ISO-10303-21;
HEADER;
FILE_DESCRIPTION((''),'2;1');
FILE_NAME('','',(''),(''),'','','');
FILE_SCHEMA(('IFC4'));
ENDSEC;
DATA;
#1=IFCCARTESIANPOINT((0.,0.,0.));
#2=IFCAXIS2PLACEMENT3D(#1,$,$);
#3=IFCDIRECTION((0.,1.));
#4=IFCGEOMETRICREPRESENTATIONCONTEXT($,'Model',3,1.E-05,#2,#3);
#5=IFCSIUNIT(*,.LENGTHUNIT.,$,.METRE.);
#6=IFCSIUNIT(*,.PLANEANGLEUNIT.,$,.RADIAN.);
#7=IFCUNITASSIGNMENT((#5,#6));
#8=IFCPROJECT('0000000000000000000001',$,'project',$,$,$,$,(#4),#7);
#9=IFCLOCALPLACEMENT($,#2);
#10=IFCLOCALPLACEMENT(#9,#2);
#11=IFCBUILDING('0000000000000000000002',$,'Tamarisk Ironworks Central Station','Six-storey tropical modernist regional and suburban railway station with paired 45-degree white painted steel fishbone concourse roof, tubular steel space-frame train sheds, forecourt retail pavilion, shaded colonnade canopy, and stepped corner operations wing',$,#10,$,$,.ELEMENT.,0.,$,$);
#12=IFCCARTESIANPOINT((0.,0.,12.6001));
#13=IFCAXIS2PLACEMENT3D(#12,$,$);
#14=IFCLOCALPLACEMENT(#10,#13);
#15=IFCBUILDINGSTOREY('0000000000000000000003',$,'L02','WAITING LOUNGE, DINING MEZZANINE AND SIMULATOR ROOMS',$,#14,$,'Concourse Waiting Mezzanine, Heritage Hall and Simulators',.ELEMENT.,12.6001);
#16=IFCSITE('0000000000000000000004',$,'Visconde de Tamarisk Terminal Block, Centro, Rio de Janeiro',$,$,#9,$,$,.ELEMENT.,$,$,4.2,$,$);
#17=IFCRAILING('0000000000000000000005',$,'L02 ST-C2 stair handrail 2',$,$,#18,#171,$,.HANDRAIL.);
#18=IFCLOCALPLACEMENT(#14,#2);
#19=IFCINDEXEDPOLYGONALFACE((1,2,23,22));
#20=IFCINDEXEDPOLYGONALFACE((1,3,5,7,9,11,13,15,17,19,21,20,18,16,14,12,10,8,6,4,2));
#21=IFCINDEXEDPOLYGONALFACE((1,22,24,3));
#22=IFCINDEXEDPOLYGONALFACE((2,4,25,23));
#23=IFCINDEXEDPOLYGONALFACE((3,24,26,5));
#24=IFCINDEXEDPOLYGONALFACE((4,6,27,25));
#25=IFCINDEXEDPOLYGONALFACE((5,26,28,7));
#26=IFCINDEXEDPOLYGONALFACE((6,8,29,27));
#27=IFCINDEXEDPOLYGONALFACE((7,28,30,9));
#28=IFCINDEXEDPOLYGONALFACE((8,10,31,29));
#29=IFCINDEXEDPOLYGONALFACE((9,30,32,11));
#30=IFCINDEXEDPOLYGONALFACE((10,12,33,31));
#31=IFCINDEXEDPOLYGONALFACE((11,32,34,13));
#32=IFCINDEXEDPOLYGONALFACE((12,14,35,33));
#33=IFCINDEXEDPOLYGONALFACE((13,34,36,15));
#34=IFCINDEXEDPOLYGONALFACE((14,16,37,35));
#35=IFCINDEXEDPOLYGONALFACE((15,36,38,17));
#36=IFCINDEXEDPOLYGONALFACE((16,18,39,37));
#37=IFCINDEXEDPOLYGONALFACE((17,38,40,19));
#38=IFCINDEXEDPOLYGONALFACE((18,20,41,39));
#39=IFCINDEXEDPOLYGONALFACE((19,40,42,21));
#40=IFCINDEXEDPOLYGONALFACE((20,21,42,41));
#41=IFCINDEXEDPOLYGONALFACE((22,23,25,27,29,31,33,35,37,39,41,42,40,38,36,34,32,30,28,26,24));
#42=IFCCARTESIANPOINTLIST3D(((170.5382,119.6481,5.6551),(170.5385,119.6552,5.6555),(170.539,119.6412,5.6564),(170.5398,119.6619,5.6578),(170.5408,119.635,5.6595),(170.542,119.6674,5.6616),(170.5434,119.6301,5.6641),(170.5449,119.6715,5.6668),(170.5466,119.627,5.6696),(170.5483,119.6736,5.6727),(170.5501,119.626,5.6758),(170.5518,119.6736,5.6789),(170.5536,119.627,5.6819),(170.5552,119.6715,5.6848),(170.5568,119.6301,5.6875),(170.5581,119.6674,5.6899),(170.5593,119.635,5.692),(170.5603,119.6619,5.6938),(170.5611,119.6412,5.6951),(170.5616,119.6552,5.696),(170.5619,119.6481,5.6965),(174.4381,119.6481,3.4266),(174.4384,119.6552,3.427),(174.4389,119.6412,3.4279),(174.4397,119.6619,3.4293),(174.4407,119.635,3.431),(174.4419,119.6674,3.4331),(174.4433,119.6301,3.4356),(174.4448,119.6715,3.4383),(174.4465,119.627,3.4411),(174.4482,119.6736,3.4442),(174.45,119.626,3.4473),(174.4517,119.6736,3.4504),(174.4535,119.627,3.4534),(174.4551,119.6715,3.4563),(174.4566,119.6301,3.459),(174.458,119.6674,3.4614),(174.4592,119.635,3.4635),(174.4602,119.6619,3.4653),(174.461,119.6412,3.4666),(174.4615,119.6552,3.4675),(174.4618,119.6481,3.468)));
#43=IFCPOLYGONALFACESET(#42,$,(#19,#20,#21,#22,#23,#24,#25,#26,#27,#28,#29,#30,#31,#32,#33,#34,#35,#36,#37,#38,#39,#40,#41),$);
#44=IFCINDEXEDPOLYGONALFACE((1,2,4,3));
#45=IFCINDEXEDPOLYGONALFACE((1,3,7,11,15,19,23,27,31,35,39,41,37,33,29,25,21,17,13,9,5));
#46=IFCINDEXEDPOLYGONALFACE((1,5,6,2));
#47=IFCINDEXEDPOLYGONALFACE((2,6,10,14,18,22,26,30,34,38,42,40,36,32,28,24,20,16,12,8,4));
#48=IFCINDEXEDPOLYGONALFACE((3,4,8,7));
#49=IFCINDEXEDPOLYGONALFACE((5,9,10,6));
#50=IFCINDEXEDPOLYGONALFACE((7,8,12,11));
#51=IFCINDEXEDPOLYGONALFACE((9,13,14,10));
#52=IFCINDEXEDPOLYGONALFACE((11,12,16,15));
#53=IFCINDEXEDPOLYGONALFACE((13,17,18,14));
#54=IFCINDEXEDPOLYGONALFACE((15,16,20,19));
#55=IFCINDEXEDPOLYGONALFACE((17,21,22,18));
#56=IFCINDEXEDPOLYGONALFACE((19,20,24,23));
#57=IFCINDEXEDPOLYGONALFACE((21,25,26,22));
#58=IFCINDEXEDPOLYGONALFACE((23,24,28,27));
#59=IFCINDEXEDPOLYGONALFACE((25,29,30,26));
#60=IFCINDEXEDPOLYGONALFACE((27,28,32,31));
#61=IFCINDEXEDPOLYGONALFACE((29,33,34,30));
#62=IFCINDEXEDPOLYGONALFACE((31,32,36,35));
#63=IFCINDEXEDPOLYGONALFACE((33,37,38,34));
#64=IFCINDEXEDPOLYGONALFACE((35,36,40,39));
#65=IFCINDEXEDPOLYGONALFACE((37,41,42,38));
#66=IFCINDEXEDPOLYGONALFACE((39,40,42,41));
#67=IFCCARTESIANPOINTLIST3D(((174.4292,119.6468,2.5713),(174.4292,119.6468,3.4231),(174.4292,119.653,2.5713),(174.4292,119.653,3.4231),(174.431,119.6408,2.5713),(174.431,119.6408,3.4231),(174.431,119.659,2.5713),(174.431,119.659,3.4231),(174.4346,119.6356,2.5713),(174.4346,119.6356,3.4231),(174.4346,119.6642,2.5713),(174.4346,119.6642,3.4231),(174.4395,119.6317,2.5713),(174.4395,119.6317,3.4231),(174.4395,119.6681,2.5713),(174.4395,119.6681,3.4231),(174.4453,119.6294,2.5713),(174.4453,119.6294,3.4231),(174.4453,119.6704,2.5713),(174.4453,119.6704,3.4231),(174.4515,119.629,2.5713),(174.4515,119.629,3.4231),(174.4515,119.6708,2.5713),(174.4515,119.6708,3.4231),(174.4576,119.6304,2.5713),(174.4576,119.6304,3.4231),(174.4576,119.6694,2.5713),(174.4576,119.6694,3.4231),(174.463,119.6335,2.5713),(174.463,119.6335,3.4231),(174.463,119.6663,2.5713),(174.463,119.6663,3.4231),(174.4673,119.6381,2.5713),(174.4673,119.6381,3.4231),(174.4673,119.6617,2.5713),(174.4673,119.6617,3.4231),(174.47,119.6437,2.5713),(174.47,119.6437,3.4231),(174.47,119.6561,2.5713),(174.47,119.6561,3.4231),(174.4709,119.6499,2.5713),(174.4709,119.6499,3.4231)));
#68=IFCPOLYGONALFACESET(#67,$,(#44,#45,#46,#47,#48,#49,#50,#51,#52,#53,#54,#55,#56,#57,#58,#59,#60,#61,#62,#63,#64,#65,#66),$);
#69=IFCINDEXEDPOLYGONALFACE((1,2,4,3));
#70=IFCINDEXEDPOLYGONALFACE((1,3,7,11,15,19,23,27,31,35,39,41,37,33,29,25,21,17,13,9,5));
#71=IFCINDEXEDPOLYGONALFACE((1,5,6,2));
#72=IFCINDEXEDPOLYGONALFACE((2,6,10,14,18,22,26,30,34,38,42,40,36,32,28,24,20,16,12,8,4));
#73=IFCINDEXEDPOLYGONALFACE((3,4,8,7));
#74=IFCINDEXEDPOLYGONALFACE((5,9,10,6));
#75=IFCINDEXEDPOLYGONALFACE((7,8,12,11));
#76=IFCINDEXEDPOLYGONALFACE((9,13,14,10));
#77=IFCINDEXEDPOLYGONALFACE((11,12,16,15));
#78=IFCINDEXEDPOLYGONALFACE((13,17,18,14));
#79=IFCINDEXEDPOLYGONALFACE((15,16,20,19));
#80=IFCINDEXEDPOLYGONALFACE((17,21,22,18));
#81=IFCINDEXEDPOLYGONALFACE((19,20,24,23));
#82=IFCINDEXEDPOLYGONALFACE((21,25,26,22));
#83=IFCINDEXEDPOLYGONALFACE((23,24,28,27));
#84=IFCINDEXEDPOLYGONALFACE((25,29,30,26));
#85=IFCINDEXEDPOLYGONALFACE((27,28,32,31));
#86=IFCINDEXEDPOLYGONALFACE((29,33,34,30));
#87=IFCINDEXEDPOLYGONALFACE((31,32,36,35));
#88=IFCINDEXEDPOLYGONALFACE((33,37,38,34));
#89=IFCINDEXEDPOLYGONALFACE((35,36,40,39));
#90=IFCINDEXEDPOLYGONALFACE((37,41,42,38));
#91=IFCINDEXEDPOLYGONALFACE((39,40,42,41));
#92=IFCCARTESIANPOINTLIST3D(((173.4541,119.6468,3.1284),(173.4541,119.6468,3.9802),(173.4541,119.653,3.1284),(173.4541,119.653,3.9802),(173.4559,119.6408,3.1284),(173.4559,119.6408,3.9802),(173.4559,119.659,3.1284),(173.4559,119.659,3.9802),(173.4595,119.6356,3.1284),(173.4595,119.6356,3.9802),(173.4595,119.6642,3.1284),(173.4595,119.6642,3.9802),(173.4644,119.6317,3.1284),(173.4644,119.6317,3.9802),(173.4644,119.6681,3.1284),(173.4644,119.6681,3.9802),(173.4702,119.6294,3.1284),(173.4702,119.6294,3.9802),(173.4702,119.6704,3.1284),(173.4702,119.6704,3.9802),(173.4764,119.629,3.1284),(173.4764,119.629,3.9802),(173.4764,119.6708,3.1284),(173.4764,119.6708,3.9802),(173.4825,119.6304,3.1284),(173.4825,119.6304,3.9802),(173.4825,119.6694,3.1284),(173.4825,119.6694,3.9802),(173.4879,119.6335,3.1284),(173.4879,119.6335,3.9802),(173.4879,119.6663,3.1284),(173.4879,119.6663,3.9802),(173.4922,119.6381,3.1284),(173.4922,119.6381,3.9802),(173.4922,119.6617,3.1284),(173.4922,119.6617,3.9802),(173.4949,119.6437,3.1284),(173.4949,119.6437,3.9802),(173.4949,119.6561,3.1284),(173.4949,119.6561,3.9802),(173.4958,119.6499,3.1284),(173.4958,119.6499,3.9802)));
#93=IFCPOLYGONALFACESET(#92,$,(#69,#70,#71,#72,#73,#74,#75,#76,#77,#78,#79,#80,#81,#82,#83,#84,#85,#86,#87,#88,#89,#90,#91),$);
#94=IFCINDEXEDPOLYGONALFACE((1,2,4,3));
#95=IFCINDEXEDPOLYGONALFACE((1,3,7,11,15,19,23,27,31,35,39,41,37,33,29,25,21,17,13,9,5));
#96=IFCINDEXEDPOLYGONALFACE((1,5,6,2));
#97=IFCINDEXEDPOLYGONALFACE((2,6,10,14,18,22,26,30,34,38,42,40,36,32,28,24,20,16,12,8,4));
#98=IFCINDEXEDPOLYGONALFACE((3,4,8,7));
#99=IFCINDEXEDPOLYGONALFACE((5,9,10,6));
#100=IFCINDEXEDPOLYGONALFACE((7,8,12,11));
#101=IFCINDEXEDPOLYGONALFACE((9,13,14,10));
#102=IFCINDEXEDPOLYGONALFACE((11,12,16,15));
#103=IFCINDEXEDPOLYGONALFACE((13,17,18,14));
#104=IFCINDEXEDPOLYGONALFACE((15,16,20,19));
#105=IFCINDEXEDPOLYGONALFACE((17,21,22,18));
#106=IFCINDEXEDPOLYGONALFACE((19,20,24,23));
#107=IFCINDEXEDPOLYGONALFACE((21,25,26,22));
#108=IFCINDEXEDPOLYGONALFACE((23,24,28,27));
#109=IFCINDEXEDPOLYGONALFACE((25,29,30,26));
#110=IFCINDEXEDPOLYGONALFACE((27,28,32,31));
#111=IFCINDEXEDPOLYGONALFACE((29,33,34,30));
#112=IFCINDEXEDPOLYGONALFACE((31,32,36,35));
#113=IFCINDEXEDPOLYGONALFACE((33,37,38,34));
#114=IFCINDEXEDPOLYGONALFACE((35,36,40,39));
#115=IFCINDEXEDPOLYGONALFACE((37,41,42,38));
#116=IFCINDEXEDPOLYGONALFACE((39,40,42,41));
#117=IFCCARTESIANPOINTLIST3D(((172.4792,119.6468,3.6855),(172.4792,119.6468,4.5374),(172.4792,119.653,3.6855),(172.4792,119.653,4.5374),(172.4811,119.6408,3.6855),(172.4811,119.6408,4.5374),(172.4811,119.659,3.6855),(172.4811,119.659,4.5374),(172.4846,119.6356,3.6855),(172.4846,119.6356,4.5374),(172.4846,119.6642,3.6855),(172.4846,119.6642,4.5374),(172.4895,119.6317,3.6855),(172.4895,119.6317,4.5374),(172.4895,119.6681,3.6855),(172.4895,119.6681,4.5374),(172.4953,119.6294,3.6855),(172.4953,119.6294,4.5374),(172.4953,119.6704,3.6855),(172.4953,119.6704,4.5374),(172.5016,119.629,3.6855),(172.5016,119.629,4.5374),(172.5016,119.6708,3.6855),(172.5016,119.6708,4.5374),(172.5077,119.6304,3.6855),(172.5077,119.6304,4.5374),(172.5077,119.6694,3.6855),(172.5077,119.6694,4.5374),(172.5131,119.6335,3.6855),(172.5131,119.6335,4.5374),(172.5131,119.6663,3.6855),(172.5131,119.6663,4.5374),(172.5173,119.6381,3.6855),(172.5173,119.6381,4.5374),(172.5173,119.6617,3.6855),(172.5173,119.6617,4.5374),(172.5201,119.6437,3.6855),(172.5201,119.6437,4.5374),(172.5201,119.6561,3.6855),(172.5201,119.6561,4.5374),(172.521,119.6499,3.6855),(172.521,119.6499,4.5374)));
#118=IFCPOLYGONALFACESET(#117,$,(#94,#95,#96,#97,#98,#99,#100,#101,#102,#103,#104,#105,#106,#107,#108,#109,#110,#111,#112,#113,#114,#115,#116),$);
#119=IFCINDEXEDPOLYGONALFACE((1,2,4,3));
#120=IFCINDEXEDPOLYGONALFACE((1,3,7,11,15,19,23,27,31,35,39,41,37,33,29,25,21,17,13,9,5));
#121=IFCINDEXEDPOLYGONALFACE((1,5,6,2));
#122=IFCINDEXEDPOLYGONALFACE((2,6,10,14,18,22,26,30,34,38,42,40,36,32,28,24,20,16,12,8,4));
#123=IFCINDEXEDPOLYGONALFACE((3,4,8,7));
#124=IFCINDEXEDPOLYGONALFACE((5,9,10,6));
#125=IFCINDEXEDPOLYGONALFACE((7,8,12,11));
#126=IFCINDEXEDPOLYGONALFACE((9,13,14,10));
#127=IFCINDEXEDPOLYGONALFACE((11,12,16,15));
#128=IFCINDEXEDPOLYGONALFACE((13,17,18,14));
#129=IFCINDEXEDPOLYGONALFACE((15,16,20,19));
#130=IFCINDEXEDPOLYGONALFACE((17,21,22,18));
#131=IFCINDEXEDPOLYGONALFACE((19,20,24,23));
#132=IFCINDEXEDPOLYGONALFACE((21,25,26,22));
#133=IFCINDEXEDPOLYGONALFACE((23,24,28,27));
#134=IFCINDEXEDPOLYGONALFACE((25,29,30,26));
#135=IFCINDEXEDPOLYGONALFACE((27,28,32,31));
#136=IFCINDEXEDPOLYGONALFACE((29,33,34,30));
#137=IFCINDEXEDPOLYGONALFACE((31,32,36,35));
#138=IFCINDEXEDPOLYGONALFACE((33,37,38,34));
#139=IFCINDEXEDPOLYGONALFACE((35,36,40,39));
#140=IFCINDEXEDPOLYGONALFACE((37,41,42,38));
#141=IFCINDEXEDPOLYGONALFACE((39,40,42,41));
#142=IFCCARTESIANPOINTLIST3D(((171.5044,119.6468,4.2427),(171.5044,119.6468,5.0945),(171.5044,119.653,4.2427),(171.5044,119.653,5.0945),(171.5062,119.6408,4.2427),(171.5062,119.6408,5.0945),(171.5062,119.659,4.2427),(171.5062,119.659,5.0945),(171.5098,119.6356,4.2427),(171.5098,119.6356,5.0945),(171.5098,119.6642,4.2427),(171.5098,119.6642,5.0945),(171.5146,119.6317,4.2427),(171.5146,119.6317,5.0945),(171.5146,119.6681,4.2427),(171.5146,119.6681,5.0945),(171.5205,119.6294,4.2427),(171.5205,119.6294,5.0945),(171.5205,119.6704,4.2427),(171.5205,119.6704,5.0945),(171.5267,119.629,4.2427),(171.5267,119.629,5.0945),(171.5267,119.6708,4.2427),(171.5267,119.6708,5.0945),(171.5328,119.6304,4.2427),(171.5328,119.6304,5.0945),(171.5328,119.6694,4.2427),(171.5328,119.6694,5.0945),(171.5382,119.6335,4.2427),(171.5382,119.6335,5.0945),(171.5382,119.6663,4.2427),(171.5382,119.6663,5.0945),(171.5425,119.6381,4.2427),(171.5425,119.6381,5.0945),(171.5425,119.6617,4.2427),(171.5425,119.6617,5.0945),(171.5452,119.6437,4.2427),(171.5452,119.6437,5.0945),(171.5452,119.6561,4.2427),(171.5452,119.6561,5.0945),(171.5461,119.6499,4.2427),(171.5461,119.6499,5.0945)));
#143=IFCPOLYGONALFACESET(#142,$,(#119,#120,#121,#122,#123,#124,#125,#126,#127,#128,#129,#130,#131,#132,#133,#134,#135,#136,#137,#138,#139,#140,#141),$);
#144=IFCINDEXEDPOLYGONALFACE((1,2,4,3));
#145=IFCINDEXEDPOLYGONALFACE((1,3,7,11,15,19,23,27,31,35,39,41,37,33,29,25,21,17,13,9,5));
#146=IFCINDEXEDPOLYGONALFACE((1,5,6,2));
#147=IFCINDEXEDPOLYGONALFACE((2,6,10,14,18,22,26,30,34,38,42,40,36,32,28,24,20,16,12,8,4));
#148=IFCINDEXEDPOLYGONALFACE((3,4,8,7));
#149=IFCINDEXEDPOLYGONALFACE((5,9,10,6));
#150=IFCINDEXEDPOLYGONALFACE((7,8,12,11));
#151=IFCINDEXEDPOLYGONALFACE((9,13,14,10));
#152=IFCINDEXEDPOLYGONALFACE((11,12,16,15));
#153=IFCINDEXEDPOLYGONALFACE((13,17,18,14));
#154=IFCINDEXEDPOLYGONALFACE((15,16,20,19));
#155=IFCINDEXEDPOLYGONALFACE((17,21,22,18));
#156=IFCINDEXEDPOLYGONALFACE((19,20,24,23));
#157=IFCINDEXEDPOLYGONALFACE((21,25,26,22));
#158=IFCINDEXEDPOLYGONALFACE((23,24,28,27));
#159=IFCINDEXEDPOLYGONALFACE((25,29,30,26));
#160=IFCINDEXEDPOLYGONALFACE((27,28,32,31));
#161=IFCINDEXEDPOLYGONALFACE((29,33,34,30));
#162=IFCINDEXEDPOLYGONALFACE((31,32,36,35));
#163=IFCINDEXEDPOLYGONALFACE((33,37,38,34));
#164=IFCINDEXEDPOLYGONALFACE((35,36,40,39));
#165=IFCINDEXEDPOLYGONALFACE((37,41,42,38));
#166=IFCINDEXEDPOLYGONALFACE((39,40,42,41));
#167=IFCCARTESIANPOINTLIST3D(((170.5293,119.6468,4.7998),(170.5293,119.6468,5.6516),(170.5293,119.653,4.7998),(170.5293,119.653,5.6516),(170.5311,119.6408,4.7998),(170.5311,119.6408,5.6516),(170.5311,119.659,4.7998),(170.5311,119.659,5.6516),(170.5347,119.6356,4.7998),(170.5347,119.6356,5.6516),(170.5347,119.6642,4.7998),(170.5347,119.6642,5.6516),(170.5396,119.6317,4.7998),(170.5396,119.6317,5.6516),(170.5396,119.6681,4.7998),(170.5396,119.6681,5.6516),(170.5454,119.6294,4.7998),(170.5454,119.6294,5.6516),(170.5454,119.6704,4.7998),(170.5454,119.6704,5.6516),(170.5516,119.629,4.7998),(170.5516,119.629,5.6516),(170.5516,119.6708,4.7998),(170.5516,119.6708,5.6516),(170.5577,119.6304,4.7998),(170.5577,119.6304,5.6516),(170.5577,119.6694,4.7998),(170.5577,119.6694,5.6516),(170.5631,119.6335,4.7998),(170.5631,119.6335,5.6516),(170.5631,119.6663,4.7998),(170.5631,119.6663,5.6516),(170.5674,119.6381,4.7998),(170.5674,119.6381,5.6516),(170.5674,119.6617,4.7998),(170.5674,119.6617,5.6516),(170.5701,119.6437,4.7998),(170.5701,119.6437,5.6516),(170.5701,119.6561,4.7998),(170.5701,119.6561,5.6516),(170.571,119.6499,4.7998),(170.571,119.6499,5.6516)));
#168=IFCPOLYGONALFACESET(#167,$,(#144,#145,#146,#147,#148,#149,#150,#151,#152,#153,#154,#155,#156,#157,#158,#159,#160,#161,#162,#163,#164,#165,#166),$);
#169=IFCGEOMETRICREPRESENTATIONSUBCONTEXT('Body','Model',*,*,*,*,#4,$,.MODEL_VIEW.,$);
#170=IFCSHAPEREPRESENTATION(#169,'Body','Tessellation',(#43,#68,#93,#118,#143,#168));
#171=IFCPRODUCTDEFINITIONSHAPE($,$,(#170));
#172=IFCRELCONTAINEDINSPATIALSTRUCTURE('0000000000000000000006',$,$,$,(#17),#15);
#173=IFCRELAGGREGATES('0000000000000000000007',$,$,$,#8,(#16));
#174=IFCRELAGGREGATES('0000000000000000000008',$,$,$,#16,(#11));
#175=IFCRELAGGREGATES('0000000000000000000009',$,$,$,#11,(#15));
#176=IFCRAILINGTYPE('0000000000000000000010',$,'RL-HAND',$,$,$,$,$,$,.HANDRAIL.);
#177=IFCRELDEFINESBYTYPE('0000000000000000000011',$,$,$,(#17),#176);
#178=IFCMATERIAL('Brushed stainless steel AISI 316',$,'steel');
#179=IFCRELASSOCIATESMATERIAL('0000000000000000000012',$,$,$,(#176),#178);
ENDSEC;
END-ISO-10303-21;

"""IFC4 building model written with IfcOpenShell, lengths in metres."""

from ifc_helpers import new_model, si_unit, direction, frame, origin, origin_2d, place, context, subcontext, project, spatial, circle, extrude, material, type_object, element, save


model = new_model("IFC4")

# Units and contexts
model_context = context("Model", 3, precision=1e-05, world=origin(), true_north=direction((0.0, 1.0)))
body_context = subcontext(model_context, "Body", "Model", "MODEL_VIEW")
ifc_project = project(units=[si_unit("LENGTHUNIT", "METRE"), si_unit("PLANEANGLEUNIT", "RADIAN")], contexts=[model_context])

# Site, building, storey
site_placement = place(None, origin())
site = spatial("IfcSite", under=ifc_project, at=site_placement, Name="Visconde de Tamarisk Terminal Block, Centro, Rio de Janeiro", CompositionType="ELEMENT", RefElevation=4.2)
building_placement = place(site_placement, origin())
building = spatial("IfcBuilding", under=site, at=building_placement, Name="Tamarisk Ironworks Central Station", Description="Six-storey tropical modernist regional and suburban railway station with paired 45-degree white painted steel fishbone concourse roof, tubular steel space-frame train sheds, forecourt retail pavilion, shaded colonnade canopy, and stepped corner operations wing", CompositionType="ELEMENT", ElevationOfRefHeight=0.0)
storey_placement = place(building_placement, frame((0.0, 0.0, 12.6001)))
storey = spatial("IfcBuildingStorey", under=building, at=storey_placement, Name="L02", Description="WAITING LOUNGE, DINING MEZZANINE AND SIMULATOR ROOMS", LongName="Concourse Waiting Mezzanine, Heritage Hall and Simulators", CompositionType="ELEMENT", Elevation=12.6001)

# Railing
ifc_material_1 = material(Name="Brushed stainless steel AISI 316", Category="steel")
railing_type_1 = type_object("IfcRailingType", Name="RL-HAND", PredefinedType="HANDRAIL", material=ifc_material_1)
railing_1_placement = place(storey_placement, frame((174.45, 119.6499, 2.5713)))
element("IfcRailing", 1, at=railing_1_placement, inside=storey, type_object=railing_type_1, Name="L02 ST-C2 stair handrail 2", PredefinedType="HANDRAIL", context=body_context, shape_type="SweptSolid", body=[
    extrude(circle(Radius=0.0239, at=origin_2d()), frame((0.0, 0.0, 0.876), z_axis=(-0.868243, 0.0, 0.496139), x_axis=(0.0, -1.0, 0.0)), (0.0, 0.0, 1.0), 4.4917),
    extrude(circle(Radius=0.021, at=origin_2d()), origin(), (0.0, 0.0, 1.0), 0.8518),
    extrude(circle(Radius=0.021, at=origin_2d()), frame((-0.9751, 0.0, 0.5571)), (0.0, 0.0, 1.0), 0.8518),
    extrude(circle(Radius=0.021, at=origin_2d()), frame((-1.95, 0.0, 1.1143)), (0.0, 0.0, 1.0), 0.8518),
    extrude(circle(Radius=0.021, at=origin_2d()), frame((-2.9248, 0.0, 1.6714)), (0.0, 0.0, 1.0), 0.8518),
    extrude(circle(Radius=0.021, at=origin_2d()), frame((-3.8999, 0.0, 2.2285)), (0.0, 0.0, 1.0), 0.8518),
])

save(model, "model.ifc")
